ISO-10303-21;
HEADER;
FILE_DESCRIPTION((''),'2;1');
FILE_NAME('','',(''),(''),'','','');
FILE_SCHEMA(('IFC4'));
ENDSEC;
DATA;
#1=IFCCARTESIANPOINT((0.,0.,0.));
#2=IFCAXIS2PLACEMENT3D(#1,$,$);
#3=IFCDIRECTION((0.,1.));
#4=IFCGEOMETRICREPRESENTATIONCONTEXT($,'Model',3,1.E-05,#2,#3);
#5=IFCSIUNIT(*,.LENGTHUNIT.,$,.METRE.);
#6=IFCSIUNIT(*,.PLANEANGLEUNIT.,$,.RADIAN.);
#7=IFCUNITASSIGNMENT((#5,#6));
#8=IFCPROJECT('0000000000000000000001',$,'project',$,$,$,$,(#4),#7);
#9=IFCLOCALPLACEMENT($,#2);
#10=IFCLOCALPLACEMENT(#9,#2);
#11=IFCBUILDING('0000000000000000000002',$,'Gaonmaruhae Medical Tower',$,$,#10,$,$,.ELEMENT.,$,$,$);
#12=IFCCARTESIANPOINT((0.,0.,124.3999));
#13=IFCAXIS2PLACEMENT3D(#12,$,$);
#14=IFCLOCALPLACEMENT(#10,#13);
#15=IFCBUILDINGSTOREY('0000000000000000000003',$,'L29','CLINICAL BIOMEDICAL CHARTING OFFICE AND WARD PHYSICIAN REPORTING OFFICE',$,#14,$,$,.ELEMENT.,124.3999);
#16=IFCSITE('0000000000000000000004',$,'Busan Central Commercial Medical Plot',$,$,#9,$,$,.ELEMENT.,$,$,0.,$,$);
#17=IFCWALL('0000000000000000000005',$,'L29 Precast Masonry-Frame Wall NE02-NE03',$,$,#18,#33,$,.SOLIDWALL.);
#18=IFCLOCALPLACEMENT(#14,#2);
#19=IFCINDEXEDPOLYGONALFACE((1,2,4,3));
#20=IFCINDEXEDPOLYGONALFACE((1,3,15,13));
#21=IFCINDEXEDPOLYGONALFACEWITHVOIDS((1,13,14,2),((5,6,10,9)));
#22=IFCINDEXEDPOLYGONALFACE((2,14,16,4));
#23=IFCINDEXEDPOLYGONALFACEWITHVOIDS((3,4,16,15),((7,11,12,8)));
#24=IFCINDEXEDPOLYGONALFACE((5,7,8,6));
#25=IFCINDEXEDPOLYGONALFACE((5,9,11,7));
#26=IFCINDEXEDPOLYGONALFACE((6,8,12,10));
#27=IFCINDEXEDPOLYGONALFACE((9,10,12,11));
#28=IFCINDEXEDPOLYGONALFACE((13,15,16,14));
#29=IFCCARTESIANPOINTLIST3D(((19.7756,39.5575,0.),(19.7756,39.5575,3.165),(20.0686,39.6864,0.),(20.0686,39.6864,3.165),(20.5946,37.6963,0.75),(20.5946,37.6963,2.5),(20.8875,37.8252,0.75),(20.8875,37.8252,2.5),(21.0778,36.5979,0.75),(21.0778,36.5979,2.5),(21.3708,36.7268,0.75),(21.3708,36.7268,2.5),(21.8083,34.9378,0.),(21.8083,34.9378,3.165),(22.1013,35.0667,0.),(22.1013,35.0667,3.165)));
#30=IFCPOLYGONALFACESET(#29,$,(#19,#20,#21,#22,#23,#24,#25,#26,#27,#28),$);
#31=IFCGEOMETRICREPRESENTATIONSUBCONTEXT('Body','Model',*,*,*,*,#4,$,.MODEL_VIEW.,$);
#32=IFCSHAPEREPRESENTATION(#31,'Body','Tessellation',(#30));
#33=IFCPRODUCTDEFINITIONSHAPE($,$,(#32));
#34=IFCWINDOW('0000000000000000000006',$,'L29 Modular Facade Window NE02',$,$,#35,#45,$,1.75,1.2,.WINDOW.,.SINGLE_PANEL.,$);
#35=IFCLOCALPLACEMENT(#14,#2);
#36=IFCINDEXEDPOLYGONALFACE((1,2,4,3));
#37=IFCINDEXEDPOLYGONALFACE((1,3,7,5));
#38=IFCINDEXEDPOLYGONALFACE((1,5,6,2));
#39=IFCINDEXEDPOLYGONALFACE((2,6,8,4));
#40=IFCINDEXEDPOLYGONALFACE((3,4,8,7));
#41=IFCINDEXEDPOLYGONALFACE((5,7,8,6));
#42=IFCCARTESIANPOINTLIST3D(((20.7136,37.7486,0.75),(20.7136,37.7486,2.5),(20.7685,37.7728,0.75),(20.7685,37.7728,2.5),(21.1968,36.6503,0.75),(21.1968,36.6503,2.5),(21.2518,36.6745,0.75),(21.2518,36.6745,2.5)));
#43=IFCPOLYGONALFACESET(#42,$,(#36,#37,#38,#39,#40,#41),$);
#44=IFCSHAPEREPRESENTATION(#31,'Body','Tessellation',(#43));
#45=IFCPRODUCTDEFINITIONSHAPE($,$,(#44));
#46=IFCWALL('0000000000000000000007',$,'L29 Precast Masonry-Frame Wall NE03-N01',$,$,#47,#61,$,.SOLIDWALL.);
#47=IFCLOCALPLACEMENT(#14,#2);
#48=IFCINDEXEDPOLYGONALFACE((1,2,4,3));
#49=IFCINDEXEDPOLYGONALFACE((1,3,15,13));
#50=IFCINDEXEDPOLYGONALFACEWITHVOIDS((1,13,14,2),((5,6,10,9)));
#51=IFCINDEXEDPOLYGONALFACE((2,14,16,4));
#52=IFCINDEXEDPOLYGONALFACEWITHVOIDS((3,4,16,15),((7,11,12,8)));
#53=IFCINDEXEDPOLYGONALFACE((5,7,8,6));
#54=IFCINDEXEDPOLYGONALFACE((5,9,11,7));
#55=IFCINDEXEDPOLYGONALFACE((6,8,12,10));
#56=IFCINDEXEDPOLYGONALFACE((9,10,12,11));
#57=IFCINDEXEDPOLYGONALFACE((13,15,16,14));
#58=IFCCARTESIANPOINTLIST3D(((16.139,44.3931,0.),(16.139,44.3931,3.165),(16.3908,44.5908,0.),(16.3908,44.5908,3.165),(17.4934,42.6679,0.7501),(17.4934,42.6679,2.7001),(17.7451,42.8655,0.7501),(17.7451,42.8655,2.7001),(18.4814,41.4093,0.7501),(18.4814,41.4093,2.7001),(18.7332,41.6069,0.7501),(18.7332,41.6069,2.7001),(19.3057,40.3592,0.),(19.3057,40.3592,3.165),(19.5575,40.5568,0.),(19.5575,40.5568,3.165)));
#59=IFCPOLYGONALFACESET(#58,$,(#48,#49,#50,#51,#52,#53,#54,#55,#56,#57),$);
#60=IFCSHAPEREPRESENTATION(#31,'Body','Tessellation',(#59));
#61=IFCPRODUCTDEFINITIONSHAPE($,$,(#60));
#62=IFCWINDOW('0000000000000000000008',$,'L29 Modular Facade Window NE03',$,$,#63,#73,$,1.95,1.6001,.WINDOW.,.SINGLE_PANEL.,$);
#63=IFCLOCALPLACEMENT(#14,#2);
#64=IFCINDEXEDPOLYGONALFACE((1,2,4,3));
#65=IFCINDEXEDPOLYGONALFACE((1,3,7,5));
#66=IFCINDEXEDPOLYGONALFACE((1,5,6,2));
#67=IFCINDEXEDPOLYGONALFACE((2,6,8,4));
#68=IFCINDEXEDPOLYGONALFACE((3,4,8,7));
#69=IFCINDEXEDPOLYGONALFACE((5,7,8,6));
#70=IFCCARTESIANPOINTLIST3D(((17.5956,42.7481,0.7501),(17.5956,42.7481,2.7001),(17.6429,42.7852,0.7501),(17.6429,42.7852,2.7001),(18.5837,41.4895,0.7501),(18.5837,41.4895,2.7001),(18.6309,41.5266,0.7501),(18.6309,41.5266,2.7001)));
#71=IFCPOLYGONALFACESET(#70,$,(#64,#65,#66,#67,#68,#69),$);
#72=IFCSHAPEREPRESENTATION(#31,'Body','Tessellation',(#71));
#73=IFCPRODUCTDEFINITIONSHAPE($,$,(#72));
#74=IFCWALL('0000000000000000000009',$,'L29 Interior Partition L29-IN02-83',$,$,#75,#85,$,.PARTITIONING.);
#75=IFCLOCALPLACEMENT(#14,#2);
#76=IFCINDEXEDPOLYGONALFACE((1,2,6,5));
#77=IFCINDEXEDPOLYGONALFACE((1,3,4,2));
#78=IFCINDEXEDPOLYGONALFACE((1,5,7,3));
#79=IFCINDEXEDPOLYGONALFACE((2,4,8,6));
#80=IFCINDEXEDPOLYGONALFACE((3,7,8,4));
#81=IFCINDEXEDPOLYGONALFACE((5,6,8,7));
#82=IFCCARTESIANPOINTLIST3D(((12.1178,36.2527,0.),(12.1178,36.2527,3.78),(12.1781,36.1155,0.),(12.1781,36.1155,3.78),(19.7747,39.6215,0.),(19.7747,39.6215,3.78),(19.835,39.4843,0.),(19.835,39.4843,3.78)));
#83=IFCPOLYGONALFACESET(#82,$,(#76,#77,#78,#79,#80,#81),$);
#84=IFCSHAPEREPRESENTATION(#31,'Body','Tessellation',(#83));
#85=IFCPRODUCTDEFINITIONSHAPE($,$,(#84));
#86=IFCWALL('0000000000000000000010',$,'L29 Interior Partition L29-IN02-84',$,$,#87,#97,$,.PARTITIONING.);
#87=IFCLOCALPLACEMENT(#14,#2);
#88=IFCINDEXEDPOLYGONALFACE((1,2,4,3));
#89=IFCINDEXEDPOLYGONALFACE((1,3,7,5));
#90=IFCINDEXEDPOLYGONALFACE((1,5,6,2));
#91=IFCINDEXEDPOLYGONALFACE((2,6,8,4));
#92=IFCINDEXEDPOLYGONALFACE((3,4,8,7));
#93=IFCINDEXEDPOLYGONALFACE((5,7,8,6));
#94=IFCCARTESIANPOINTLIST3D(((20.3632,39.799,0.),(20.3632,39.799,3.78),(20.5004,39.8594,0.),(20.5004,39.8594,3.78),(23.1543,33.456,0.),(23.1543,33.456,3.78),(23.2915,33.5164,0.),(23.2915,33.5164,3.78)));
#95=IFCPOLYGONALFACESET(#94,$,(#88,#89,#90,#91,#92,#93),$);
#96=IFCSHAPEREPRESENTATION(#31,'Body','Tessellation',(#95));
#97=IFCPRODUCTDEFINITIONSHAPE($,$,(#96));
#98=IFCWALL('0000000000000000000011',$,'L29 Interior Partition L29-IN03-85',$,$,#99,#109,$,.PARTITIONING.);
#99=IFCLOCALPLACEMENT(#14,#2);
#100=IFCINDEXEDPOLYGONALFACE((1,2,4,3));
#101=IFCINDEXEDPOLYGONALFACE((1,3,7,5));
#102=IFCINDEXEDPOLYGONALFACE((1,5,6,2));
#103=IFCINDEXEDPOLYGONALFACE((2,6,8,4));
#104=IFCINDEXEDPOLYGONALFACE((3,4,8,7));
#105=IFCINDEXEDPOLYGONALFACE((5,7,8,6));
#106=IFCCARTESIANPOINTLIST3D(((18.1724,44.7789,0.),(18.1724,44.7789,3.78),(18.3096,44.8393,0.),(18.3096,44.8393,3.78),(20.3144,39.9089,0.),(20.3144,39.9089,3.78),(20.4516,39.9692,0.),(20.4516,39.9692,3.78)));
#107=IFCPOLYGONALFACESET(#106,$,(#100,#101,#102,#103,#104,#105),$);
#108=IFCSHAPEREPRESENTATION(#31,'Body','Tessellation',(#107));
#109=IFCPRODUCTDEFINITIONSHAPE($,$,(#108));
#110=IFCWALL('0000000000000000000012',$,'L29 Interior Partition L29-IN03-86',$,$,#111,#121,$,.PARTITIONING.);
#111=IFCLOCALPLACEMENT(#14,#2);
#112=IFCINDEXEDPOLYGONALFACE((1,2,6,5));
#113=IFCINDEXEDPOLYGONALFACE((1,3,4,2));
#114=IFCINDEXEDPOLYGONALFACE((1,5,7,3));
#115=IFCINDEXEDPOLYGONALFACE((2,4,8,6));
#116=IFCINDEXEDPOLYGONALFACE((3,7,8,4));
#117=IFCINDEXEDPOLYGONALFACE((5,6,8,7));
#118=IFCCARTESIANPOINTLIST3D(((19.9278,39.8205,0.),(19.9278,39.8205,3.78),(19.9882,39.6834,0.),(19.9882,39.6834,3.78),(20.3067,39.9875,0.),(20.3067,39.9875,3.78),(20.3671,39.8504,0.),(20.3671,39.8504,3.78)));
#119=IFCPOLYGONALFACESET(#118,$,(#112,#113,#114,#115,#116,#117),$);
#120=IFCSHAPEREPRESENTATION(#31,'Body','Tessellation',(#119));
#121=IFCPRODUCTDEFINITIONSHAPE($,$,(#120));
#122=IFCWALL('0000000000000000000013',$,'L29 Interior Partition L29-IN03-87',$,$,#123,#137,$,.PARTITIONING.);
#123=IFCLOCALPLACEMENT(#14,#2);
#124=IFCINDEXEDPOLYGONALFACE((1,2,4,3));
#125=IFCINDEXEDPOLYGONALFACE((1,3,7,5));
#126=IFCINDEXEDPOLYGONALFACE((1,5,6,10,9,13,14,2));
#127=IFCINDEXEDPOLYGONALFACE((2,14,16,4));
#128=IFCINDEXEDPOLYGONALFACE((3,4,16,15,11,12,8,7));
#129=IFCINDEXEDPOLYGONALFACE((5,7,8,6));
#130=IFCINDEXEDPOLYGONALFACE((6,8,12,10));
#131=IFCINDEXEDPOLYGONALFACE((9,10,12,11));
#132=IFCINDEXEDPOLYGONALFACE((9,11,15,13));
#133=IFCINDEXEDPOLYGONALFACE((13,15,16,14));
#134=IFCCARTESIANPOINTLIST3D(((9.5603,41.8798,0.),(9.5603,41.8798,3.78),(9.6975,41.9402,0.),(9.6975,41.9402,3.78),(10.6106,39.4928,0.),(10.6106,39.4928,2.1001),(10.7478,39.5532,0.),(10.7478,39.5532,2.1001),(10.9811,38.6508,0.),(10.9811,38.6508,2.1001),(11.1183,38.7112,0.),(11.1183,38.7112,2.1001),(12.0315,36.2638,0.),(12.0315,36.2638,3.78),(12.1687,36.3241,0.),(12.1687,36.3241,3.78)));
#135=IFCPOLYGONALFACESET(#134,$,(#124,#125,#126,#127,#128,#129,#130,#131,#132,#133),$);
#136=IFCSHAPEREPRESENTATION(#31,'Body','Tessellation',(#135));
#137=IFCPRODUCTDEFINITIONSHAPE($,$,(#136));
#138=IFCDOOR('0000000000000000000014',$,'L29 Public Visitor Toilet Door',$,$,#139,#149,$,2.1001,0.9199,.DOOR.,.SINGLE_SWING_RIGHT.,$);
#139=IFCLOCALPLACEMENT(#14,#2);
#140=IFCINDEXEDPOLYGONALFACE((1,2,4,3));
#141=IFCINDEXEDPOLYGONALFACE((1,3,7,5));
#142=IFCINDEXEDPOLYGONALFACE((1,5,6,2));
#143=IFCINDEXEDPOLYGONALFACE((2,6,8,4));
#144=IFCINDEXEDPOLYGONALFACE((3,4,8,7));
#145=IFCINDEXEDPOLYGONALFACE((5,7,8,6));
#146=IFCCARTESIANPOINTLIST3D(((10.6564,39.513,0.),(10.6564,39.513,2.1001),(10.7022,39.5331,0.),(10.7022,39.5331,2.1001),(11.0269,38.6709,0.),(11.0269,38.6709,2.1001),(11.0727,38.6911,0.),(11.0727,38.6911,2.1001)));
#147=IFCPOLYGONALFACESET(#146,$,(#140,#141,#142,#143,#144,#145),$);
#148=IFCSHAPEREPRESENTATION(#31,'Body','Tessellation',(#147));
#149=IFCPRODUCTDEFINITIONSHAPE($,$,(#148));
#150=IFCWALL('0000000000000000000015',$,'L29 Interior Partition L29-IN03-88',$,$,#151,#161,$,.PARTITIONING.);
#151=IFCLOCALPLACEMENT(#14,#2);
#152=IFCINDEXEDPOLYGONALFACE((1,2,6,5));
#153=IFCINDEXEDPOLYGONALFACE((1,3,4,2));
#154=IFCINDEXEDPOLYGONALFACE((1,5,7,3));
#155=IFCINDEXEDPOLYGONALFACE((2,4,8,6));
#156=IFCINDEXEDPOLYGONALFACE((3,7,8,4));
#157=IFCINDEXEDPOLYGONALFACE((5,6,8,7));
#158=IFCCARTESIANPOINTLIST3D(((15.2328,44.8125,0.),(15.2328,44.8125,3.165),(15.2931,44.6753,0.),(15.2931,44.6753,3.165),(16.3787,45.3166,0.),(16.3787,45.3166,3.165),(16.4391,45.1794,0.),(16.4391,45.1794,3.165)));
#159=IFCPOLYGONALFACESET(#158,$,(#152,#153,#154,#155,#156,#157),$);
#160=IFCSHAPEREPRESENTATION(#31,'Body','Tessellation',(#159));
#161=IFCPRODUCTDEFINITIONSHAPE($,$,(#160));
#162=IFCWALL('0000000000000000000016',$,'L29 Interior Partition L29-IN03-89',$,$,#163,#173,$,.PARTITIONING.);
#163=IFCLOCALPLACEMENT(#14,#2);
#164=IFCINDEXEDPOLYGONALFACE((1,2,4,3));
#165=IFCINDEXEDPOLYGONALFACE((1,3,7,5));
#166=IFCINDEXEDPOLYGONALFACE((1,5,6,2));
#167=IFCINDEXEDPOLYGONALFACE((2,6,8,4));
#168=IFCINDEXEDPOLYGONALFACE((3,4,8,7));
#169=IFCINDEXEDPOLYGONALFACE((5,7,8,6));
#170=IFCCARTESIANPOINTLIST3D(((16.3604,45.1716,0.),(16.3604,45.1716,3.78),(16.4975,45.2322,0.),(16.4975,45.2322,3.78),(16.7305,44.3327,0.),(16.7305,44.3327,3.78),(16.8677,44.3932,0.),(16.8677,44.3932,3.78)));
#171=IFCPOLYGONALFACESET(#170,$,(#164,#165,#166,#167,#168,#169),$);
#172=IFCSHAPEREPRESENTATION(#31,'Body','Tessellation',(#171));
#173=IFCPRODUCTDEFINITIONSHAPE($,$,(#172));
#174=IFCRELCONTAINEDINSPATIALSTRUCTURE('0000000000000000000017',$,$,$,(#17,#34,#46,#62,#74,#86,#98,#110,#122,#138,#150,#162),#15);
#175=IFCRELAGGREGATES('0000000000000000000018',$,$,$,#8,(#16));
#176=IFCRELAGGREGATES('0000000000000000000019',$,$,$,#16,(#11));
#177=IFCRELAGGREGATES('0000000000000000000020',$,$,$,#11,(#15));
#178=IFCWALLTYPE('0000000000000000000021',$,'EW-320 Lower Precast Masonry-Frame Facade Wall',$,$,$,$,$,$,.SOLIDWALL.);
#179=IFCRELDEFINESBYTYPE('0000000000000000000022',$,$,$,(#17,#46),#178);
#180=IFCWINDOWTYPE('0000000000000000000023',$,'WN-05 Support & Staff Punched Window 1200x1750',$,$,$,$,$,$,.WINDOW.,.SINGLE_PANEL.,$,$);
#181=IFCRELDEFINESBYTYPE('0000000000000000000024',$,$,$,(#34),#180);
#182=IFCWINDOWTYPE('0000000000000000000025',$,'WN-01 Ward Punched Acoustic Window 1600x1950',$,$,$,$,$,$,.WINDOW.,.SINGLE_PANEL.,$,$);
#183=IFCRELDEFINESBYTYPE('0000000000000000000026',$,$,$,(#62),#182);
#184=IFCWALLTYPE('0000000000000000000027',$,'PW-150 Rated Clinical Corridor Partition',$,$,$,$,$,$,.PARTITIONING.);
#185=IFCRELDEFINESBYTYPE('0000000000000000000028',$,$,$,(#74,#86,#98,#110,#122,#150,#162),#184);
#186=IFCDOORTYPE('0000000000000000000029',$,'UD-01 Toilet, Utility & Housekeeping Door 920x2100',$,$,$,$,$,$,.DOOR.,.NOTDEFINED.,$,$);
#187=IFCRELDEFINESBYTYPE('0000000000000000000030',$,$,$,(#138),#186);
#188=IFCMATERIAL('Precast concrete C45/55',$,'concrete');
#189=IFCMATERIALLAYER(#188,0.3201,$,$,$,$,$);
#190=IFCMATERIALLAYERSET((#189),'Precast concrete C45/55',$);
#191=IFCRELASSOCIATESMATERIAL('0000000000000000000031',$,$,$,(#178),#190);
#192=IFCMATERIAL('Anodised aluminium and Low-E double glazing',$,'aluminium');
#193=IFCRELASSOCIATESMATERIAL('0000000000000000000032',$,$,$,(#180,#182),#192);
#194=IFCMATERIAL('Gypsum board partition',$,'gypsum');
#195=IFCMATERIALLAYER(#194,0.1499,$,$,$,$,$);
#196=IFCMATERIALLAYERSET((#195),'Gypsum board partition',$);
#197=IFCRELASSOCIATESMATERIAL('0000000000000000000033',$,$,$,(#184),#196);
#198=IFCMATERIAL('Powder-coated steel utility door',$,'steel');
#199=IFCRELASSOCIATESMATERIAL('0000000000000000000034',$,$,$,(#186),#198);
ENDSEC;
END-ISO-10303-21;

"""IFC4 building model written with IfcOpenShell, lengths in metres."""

from ifc_helpers import new_model, si_unit, direction, frame, frame_2d, origin, place, context, subcontext, project, spatial, rectangle, extrude, material, layer, layer_set, type_object, element, fill, save


model = new_model("IFC4")

# Units and contexts
model_context = context("Model", 3, precision=1e-05, world=origin(), true_north=direction((0.0, 1.0)))
body_context = subcontext(model_context, "Body", "Model", "MODEL_VIEW")
ifc_project = project(units=[si_unit("LENGTHUNIT", "METRE"), si_unit("PLANEANGLEUNIT", "RADIAN")], contexts=[model_context])

# Site, building, storey
site_placement = place(None, origin())
site = spatial("IfcSite", under=ifc_project, at=site_placement, Name="Busan Central Commercial Medical Plot", CompositionType="ELEMENT", RefElevation=0.0)
building_placement = place(site_placement, origin())
building = spatial("IfcBuilding", under=site, at=building_placement, Name="Gaonmaruhae Medical Tower", CompositionType="ELEMENT")
storey_placement = place(building_placement, frame((0.0, 0.0, 124.3999)))
storey = spatial("IfcBuildingStorey", under=building, at=storey_placement, Name="L29", Description="CLINICAL BIOMEDICAL CHARTING OFFICE AND WARD PHYSICIAN REPORTING OFFICE", CompositionType="ELEMENT", Elevation=124.3999)

# Walls, openings, windows
ifc_material_1 = material(Name="Precast concrete C45/55", Category="concrete")
ifc_layer_1 = layer(ifc_material_1, 0.3201)
ifc_layer_set_1 = layer_set([ifc_layer_1], Name="Precast concrete C45/55")
wall_type_1 = type_object("IfcWallType", Name="EW-320 Lower Precast Masonry-Frame Facade Wall", PredefinedType="SOLIDWALL", material=ifc_layer_set_1)
wall_1_placement = place(storey_placement, frame((19.9221, 39.6218, 0.0), z_axis=(0.0, 0.0, 1.0), x_axis=(0.402752, -0.915309, 0.0)))
wall_1 = element("IfcWall", 1, at=wall_1_placement, inside=storey, type_object=wall_type_1, Name="L29 Precast Masonry-Frame Wall NE02-NE03", PredefinedType="SOLIDWALL", context=body_context, shape_type="SweptSolid", body=[
    extrude(rectangle(XDim=5.0471, YDim=0.3201, at=frame_2d((2.5234, 0.0))), origin(), (0.0, 0.0, 1.0), 3.165),
])
opening_1_placement = place(wall_1_placement, frame((2.0332, 0.0, 0.75)))
opening_1 = element("IfcOpeningElement", 2, at=opening_1_placement, cuts=wall_1, PredefinedType="OPENING", context=body_context, shape_type="SweptSolid", body=[
    extrude(rectangle(XDim=1.2, YDim=1.75, at=frame_2d((0.6001, 0.875))), frame((0.0, 0.1699, 0.0), z_axis=(0.0, -1.0, 0.0), x_axis=(1.0, 0.0, 0.0)), (0.0, 0.0, 1.0), 0.3401),
])
ifc_material_2 = material(Name="Anodised aluminium and Low-E double glazing", Category="aluminium")
window_type_1 = type_object("IfcWindowType", Name="WN-05 Support & Staff Punched Window 1200x1750", PartitioningType="SINGLE_PANEL", PredefinedType="WINDOW", material=ifc_material_2)
window_1_placement = place(opening_1_placement, origin())
window_1 = element("IfcWindow", 3, at=window_1_placement, inside=storey, type_object=window_type_1, Name="L29 Modular Facade Window NE02", OverallHeight=1.75, OverallWidth=1.2, PartitioningType="SINGLE_PANEL", PredefinedType="WINDOW", context=body_context, shape_type="SweptSolid", body=[
    extrude(rectangle(XDim=1.2, YDim=1.75, at=frame_2d((0.6001, 0.875))), frame((0.0, 0.03, 0.0), z_axis=(0.0, -1.0, 0.0), x_axis=(1.0, 0.0, 0.0)), (0.0, 0.0, 1.0), 0.0601),
])
fill(opening_1, window_1)
wall_2_placement = place(storey_placement, frame((16.2649, 44.4919, 0.0), z_axis=(0.0, 0.0, 1.0), x_axis=(0.617487, -0.786581, 0.0)))
wall_2 = element("IfcWall", 4, at=wall_2_placement, inside=storey, type_object=wall_type_1, Name="L29 Precast Masonry-Frame Wall NE03-N01", PredefinedType="SOLIDWALL", context=body_context, shape_type="SweptSolid", body=[
    extrude(rectangle(XDim=5.1284, YDim=0.3201, at=frame_2d((2.5642, 0.0))), origin(), (0.0, 0.0, 1.0), 3.165),
])
opening_2_placement = place(wall_2_placement, frame((2.1934, 0.0, 0.75)))
opening_2 = element("IfcOpeningElement", 5, at=opening_2_placement, cuts=wall_2, PredefinedType="OPENING", context=body_context, shape_type="SweptSolid", body=[
    extrude(rectangle(XDim=1.6001, YDim=1.95, at=frame_2d((0.8, 0.9751))), frame((0.0, 0.1699, 0.0), z_axis=(0.0, -1.0, 0.0), x_axis=(1.0, 0.0, 0.0)), (0.0, 0.0, 1.0), 0.3401),
])
window_type_2 = type_object("IfcWindowType", Name="WN-01 Ward Punched Acoustic Window 1600x1950", PartitioningType="SINGLE_PANEL", PredefinedType="WINDOW", material=ifc_material_2)
window_2_placement = place(opening_2_placement, origin())
window_2 = element("IfcWindow", 6, at=window_2_placement, inside=storey, type_object=window_type_2, Name="L29 Modular Facade Window NE03", OverallHeight=1.95, OverallWidth=1.6001, PartitioningType="SINGLE_PANEL", PredefinedType="WINDOW", context=body_context, shape_type="SweptSolid", body=[
    extrude(rectangle(XDim=1.6001, YDim=1.95, at=frame_2d((0.8, 0.9751))), frame((0.0, 0.03, 0.0), z_axis=(0.0, -1.0, 0.0), x_axis=(1.0, 0.0, 0.0)), (0.0, 0.0, 1.0), 0.0601),
])
fill(opening_2, window_2)

# Walls
ifc_material_3 = material(Name="Gypsum board partition", Category="gypsum")
ifc_layer_2 = layer(ifc_material_3, 0.1499)
ifc_layer_set_2 = layer_set([ifc_layer_2], Name="Gypsum board partition")
wall_type_2 = type_object("IfcWallType", Name="PW-150 Rated Clinical Corridor Partition", PredefinedType="PARTITIONING", material=ifc_layer_set_2)
wall_3_placement = place(storey_placement, frame((12.1479, 36.1841, 0.0), z_axis=(0.0, 0.0, 1.0), x_axis=(0.915323, 0.402721, 0.0)))
element("IfcWall", 7, at=wall_3_placement, inside=storey, type_object=wall_type_2, Name="L29 Interior Partition L29-IN02-83", PredefinedType="PARTITIONING", context=body_context, shape_type="SweptSolid", body=[
    extrude(rectangle(XDim=8.3652, YDim=0.1499, at=frame_2d((4.1826, 0.0))), origin(), (0.0, 0.0, 1.0), 3.78),
])
wall_4_placement = place(storey_placement, frame((20.4319, 39.8291, 0.0), z_axis=(0.0, 0.0, 1.0), x_axis=(0.402749, -0.91531, 0.0)))
element("IfcWall", 8, at=wall_4_placement, inside=storey, type_object=wall_type_2, Name="L29 Interior Partition L29-IN02-84", PredefinedType="PARTITIONING", context=body_context, shape_type="SweptSolid", body=[
    extrude(rectangle(XDim=6.9299, YDim=0.1499, at=frame_2d((3.4648, 0.0))), origin(), (0.0, 0.0, 1.0), 3.78),
])
wall_5_placement = place(storey_placement, frame((18.241, 44.8091, 0.0), z_axis=(0.0, 0.0, 1.0), x_axis=(0.402619, -0.915368, 0.0)))
element("IfcWall", 9, at=wall_5_placement, inside=storey, type_object=wall_type_2, Name="L29 Interior Partition L29-IN03-85", PredefinedType="PARTITIONING", context=body_context, shape_type="SweptSolid", body=[
    extrude(rectangle(XDim=5.3203, YDim=0.1499, at=frame_2d((2.6602, 0.0))), origin(), (0.0, 0.0, 1.0), 3.78),
])
wall_6_placement = place(storey_placement, frame((20.3369, 39.9189, 0.0), z_axis=(0.0, 0.0, 1.0), x_axis=(-0.915071, -0.403292, 0.0)))
element("IfcWall", 10, at=wall_6_placement, inside=storey, type_object=wall_type_2, Name="L29 Interior Partition L29-IN03-86", PredefinedType="PARTITIONING", context=body_context, shape_type="SweptSolid", body=[
    extrude(rectangle(XDim=0.4141, YDim=0.1499, at=frame_2d((0.207, 0.0))), origin(), (0.0, 0.0, 1.0), 3.78),
])

# Wall, opening, door
wall_7_placement = place(storey_placement, frame((12.1001, 36.2939, 0.0), z_axis=(0.0, 0.0, 1.0), x_axis=(-0.402761, 0.915305, 0.0)))
wall_7 = element("IfcWall", 11, at=wall_7_placement, inside=storey, type_object=wall_type_2, Name="L29 Interior Partition L29-IN03-87", PredefinedType="PARTITIONING", context=body_context, shape_type="SweptSolid", body=[
    extrude(rectangle(XDim=6.1357, YDim=0.1499, at=frame_2d((3.0679, 0.0))), origin(), (0.0, 0.0, 1.0), 3.78),
])
opening_3_placement = place(wall_7_placement, frame((2.6079, 0.0, 0.0)))
opening_3 = element("IfcOpeningElement", 12, at=opening_3_placement, cuts=wall_7, PredefinedType="OPENING", context=body_context, shape_type="SweptSolid", body=[
    extrude(rectangle(XDim=0.9199, YDim=2.1001, at=frame_2d((0.46, 1.05))), frame((0.0, 0.085, 0.0), z_axis=(0.0, -1.0, 0.0), x_axis=(1.0, 0.0, 0.0)), (0.0, 0.0, 1.0), 0.1699),
])
ifc_material_4 = material(Name="Powder-coated steel utility door", Category="steel")
door_type = type_object("IfcDoorType", Name="UD-01 Toilet, Utility & Housekeeping Door 920x2100", OperationType="NOTDEFINED", PredefinedType="DOOR", material=ifc_material_4)
door_placement = place(opening_3_placement, origin())
door = element("IfcDoor", 13, at=door_placement, inside=storey, type_object=door_type, Name="L29 Public Visitor Toilet Door", OperationType="SINGLE_SWING_RIGHT", OverallHeight=2.1001, OverallWidth=0.9199, PredefinedType="DOOR", context=body_context, shape_type="SweptSolid", body=[
    extrude(rectangle(XDim=0.9199, YDim=2.1001, at=frame_2d((0.46, 1.05))), frame((0.0, 0.0249, 0.0), z_axis=(0.0, -1.0, 0.0), x_axis=(1.0, 0.0, 0.0)), (0.0, 0.0, 1.0), 0.05),
])
fill(opening_3, door)

# Walls
wall_8_placement = place(storey_placement, frame((15.2629, 44.7439, 0.0), z_axis=(0.0, 0.0, 1.0), x_axis=(0.915341, 0.40268, 0.0)))
element("IfcWall", 14, at=wall_8_placement, inside=storey, type_object=wall_type_2, Name="L29 Interior Partition L29-IN03-88", PredefinedType="PARTITIONING", context=body_context, shape_type="SweptSolid", body=[
    extrude(rectangle(XDim=1.252, YDim=0.1499, at=frame_2d((0.626, 0.0))), origin(), (0.0, 0.0, 1.0), 3.165),
])
wall_9_placement = place(storey_placement, frame((16.429, 45.2019, 0.0), z_axis=(0.0, 0.0, 1.0), x_axis=(0.403666, -0.914906, 0.0)))
element("IfcWall", 15, at=wall_9_placement, inside=storey, type_object=wall_type_2, Name="L29 Interior Partition L29-IN03-89", PredefinedType="PARTITIONING", context=body_context, shape_type="SweptSolid", body=[
    extrude(rectangle(XDim=0.917, YDim=0.1499, at=frame_2d((0.4585, 0.0))), origin(), (0.0, 0.0, 1.0), 3.78),
])

save(model, "model.ifc")
